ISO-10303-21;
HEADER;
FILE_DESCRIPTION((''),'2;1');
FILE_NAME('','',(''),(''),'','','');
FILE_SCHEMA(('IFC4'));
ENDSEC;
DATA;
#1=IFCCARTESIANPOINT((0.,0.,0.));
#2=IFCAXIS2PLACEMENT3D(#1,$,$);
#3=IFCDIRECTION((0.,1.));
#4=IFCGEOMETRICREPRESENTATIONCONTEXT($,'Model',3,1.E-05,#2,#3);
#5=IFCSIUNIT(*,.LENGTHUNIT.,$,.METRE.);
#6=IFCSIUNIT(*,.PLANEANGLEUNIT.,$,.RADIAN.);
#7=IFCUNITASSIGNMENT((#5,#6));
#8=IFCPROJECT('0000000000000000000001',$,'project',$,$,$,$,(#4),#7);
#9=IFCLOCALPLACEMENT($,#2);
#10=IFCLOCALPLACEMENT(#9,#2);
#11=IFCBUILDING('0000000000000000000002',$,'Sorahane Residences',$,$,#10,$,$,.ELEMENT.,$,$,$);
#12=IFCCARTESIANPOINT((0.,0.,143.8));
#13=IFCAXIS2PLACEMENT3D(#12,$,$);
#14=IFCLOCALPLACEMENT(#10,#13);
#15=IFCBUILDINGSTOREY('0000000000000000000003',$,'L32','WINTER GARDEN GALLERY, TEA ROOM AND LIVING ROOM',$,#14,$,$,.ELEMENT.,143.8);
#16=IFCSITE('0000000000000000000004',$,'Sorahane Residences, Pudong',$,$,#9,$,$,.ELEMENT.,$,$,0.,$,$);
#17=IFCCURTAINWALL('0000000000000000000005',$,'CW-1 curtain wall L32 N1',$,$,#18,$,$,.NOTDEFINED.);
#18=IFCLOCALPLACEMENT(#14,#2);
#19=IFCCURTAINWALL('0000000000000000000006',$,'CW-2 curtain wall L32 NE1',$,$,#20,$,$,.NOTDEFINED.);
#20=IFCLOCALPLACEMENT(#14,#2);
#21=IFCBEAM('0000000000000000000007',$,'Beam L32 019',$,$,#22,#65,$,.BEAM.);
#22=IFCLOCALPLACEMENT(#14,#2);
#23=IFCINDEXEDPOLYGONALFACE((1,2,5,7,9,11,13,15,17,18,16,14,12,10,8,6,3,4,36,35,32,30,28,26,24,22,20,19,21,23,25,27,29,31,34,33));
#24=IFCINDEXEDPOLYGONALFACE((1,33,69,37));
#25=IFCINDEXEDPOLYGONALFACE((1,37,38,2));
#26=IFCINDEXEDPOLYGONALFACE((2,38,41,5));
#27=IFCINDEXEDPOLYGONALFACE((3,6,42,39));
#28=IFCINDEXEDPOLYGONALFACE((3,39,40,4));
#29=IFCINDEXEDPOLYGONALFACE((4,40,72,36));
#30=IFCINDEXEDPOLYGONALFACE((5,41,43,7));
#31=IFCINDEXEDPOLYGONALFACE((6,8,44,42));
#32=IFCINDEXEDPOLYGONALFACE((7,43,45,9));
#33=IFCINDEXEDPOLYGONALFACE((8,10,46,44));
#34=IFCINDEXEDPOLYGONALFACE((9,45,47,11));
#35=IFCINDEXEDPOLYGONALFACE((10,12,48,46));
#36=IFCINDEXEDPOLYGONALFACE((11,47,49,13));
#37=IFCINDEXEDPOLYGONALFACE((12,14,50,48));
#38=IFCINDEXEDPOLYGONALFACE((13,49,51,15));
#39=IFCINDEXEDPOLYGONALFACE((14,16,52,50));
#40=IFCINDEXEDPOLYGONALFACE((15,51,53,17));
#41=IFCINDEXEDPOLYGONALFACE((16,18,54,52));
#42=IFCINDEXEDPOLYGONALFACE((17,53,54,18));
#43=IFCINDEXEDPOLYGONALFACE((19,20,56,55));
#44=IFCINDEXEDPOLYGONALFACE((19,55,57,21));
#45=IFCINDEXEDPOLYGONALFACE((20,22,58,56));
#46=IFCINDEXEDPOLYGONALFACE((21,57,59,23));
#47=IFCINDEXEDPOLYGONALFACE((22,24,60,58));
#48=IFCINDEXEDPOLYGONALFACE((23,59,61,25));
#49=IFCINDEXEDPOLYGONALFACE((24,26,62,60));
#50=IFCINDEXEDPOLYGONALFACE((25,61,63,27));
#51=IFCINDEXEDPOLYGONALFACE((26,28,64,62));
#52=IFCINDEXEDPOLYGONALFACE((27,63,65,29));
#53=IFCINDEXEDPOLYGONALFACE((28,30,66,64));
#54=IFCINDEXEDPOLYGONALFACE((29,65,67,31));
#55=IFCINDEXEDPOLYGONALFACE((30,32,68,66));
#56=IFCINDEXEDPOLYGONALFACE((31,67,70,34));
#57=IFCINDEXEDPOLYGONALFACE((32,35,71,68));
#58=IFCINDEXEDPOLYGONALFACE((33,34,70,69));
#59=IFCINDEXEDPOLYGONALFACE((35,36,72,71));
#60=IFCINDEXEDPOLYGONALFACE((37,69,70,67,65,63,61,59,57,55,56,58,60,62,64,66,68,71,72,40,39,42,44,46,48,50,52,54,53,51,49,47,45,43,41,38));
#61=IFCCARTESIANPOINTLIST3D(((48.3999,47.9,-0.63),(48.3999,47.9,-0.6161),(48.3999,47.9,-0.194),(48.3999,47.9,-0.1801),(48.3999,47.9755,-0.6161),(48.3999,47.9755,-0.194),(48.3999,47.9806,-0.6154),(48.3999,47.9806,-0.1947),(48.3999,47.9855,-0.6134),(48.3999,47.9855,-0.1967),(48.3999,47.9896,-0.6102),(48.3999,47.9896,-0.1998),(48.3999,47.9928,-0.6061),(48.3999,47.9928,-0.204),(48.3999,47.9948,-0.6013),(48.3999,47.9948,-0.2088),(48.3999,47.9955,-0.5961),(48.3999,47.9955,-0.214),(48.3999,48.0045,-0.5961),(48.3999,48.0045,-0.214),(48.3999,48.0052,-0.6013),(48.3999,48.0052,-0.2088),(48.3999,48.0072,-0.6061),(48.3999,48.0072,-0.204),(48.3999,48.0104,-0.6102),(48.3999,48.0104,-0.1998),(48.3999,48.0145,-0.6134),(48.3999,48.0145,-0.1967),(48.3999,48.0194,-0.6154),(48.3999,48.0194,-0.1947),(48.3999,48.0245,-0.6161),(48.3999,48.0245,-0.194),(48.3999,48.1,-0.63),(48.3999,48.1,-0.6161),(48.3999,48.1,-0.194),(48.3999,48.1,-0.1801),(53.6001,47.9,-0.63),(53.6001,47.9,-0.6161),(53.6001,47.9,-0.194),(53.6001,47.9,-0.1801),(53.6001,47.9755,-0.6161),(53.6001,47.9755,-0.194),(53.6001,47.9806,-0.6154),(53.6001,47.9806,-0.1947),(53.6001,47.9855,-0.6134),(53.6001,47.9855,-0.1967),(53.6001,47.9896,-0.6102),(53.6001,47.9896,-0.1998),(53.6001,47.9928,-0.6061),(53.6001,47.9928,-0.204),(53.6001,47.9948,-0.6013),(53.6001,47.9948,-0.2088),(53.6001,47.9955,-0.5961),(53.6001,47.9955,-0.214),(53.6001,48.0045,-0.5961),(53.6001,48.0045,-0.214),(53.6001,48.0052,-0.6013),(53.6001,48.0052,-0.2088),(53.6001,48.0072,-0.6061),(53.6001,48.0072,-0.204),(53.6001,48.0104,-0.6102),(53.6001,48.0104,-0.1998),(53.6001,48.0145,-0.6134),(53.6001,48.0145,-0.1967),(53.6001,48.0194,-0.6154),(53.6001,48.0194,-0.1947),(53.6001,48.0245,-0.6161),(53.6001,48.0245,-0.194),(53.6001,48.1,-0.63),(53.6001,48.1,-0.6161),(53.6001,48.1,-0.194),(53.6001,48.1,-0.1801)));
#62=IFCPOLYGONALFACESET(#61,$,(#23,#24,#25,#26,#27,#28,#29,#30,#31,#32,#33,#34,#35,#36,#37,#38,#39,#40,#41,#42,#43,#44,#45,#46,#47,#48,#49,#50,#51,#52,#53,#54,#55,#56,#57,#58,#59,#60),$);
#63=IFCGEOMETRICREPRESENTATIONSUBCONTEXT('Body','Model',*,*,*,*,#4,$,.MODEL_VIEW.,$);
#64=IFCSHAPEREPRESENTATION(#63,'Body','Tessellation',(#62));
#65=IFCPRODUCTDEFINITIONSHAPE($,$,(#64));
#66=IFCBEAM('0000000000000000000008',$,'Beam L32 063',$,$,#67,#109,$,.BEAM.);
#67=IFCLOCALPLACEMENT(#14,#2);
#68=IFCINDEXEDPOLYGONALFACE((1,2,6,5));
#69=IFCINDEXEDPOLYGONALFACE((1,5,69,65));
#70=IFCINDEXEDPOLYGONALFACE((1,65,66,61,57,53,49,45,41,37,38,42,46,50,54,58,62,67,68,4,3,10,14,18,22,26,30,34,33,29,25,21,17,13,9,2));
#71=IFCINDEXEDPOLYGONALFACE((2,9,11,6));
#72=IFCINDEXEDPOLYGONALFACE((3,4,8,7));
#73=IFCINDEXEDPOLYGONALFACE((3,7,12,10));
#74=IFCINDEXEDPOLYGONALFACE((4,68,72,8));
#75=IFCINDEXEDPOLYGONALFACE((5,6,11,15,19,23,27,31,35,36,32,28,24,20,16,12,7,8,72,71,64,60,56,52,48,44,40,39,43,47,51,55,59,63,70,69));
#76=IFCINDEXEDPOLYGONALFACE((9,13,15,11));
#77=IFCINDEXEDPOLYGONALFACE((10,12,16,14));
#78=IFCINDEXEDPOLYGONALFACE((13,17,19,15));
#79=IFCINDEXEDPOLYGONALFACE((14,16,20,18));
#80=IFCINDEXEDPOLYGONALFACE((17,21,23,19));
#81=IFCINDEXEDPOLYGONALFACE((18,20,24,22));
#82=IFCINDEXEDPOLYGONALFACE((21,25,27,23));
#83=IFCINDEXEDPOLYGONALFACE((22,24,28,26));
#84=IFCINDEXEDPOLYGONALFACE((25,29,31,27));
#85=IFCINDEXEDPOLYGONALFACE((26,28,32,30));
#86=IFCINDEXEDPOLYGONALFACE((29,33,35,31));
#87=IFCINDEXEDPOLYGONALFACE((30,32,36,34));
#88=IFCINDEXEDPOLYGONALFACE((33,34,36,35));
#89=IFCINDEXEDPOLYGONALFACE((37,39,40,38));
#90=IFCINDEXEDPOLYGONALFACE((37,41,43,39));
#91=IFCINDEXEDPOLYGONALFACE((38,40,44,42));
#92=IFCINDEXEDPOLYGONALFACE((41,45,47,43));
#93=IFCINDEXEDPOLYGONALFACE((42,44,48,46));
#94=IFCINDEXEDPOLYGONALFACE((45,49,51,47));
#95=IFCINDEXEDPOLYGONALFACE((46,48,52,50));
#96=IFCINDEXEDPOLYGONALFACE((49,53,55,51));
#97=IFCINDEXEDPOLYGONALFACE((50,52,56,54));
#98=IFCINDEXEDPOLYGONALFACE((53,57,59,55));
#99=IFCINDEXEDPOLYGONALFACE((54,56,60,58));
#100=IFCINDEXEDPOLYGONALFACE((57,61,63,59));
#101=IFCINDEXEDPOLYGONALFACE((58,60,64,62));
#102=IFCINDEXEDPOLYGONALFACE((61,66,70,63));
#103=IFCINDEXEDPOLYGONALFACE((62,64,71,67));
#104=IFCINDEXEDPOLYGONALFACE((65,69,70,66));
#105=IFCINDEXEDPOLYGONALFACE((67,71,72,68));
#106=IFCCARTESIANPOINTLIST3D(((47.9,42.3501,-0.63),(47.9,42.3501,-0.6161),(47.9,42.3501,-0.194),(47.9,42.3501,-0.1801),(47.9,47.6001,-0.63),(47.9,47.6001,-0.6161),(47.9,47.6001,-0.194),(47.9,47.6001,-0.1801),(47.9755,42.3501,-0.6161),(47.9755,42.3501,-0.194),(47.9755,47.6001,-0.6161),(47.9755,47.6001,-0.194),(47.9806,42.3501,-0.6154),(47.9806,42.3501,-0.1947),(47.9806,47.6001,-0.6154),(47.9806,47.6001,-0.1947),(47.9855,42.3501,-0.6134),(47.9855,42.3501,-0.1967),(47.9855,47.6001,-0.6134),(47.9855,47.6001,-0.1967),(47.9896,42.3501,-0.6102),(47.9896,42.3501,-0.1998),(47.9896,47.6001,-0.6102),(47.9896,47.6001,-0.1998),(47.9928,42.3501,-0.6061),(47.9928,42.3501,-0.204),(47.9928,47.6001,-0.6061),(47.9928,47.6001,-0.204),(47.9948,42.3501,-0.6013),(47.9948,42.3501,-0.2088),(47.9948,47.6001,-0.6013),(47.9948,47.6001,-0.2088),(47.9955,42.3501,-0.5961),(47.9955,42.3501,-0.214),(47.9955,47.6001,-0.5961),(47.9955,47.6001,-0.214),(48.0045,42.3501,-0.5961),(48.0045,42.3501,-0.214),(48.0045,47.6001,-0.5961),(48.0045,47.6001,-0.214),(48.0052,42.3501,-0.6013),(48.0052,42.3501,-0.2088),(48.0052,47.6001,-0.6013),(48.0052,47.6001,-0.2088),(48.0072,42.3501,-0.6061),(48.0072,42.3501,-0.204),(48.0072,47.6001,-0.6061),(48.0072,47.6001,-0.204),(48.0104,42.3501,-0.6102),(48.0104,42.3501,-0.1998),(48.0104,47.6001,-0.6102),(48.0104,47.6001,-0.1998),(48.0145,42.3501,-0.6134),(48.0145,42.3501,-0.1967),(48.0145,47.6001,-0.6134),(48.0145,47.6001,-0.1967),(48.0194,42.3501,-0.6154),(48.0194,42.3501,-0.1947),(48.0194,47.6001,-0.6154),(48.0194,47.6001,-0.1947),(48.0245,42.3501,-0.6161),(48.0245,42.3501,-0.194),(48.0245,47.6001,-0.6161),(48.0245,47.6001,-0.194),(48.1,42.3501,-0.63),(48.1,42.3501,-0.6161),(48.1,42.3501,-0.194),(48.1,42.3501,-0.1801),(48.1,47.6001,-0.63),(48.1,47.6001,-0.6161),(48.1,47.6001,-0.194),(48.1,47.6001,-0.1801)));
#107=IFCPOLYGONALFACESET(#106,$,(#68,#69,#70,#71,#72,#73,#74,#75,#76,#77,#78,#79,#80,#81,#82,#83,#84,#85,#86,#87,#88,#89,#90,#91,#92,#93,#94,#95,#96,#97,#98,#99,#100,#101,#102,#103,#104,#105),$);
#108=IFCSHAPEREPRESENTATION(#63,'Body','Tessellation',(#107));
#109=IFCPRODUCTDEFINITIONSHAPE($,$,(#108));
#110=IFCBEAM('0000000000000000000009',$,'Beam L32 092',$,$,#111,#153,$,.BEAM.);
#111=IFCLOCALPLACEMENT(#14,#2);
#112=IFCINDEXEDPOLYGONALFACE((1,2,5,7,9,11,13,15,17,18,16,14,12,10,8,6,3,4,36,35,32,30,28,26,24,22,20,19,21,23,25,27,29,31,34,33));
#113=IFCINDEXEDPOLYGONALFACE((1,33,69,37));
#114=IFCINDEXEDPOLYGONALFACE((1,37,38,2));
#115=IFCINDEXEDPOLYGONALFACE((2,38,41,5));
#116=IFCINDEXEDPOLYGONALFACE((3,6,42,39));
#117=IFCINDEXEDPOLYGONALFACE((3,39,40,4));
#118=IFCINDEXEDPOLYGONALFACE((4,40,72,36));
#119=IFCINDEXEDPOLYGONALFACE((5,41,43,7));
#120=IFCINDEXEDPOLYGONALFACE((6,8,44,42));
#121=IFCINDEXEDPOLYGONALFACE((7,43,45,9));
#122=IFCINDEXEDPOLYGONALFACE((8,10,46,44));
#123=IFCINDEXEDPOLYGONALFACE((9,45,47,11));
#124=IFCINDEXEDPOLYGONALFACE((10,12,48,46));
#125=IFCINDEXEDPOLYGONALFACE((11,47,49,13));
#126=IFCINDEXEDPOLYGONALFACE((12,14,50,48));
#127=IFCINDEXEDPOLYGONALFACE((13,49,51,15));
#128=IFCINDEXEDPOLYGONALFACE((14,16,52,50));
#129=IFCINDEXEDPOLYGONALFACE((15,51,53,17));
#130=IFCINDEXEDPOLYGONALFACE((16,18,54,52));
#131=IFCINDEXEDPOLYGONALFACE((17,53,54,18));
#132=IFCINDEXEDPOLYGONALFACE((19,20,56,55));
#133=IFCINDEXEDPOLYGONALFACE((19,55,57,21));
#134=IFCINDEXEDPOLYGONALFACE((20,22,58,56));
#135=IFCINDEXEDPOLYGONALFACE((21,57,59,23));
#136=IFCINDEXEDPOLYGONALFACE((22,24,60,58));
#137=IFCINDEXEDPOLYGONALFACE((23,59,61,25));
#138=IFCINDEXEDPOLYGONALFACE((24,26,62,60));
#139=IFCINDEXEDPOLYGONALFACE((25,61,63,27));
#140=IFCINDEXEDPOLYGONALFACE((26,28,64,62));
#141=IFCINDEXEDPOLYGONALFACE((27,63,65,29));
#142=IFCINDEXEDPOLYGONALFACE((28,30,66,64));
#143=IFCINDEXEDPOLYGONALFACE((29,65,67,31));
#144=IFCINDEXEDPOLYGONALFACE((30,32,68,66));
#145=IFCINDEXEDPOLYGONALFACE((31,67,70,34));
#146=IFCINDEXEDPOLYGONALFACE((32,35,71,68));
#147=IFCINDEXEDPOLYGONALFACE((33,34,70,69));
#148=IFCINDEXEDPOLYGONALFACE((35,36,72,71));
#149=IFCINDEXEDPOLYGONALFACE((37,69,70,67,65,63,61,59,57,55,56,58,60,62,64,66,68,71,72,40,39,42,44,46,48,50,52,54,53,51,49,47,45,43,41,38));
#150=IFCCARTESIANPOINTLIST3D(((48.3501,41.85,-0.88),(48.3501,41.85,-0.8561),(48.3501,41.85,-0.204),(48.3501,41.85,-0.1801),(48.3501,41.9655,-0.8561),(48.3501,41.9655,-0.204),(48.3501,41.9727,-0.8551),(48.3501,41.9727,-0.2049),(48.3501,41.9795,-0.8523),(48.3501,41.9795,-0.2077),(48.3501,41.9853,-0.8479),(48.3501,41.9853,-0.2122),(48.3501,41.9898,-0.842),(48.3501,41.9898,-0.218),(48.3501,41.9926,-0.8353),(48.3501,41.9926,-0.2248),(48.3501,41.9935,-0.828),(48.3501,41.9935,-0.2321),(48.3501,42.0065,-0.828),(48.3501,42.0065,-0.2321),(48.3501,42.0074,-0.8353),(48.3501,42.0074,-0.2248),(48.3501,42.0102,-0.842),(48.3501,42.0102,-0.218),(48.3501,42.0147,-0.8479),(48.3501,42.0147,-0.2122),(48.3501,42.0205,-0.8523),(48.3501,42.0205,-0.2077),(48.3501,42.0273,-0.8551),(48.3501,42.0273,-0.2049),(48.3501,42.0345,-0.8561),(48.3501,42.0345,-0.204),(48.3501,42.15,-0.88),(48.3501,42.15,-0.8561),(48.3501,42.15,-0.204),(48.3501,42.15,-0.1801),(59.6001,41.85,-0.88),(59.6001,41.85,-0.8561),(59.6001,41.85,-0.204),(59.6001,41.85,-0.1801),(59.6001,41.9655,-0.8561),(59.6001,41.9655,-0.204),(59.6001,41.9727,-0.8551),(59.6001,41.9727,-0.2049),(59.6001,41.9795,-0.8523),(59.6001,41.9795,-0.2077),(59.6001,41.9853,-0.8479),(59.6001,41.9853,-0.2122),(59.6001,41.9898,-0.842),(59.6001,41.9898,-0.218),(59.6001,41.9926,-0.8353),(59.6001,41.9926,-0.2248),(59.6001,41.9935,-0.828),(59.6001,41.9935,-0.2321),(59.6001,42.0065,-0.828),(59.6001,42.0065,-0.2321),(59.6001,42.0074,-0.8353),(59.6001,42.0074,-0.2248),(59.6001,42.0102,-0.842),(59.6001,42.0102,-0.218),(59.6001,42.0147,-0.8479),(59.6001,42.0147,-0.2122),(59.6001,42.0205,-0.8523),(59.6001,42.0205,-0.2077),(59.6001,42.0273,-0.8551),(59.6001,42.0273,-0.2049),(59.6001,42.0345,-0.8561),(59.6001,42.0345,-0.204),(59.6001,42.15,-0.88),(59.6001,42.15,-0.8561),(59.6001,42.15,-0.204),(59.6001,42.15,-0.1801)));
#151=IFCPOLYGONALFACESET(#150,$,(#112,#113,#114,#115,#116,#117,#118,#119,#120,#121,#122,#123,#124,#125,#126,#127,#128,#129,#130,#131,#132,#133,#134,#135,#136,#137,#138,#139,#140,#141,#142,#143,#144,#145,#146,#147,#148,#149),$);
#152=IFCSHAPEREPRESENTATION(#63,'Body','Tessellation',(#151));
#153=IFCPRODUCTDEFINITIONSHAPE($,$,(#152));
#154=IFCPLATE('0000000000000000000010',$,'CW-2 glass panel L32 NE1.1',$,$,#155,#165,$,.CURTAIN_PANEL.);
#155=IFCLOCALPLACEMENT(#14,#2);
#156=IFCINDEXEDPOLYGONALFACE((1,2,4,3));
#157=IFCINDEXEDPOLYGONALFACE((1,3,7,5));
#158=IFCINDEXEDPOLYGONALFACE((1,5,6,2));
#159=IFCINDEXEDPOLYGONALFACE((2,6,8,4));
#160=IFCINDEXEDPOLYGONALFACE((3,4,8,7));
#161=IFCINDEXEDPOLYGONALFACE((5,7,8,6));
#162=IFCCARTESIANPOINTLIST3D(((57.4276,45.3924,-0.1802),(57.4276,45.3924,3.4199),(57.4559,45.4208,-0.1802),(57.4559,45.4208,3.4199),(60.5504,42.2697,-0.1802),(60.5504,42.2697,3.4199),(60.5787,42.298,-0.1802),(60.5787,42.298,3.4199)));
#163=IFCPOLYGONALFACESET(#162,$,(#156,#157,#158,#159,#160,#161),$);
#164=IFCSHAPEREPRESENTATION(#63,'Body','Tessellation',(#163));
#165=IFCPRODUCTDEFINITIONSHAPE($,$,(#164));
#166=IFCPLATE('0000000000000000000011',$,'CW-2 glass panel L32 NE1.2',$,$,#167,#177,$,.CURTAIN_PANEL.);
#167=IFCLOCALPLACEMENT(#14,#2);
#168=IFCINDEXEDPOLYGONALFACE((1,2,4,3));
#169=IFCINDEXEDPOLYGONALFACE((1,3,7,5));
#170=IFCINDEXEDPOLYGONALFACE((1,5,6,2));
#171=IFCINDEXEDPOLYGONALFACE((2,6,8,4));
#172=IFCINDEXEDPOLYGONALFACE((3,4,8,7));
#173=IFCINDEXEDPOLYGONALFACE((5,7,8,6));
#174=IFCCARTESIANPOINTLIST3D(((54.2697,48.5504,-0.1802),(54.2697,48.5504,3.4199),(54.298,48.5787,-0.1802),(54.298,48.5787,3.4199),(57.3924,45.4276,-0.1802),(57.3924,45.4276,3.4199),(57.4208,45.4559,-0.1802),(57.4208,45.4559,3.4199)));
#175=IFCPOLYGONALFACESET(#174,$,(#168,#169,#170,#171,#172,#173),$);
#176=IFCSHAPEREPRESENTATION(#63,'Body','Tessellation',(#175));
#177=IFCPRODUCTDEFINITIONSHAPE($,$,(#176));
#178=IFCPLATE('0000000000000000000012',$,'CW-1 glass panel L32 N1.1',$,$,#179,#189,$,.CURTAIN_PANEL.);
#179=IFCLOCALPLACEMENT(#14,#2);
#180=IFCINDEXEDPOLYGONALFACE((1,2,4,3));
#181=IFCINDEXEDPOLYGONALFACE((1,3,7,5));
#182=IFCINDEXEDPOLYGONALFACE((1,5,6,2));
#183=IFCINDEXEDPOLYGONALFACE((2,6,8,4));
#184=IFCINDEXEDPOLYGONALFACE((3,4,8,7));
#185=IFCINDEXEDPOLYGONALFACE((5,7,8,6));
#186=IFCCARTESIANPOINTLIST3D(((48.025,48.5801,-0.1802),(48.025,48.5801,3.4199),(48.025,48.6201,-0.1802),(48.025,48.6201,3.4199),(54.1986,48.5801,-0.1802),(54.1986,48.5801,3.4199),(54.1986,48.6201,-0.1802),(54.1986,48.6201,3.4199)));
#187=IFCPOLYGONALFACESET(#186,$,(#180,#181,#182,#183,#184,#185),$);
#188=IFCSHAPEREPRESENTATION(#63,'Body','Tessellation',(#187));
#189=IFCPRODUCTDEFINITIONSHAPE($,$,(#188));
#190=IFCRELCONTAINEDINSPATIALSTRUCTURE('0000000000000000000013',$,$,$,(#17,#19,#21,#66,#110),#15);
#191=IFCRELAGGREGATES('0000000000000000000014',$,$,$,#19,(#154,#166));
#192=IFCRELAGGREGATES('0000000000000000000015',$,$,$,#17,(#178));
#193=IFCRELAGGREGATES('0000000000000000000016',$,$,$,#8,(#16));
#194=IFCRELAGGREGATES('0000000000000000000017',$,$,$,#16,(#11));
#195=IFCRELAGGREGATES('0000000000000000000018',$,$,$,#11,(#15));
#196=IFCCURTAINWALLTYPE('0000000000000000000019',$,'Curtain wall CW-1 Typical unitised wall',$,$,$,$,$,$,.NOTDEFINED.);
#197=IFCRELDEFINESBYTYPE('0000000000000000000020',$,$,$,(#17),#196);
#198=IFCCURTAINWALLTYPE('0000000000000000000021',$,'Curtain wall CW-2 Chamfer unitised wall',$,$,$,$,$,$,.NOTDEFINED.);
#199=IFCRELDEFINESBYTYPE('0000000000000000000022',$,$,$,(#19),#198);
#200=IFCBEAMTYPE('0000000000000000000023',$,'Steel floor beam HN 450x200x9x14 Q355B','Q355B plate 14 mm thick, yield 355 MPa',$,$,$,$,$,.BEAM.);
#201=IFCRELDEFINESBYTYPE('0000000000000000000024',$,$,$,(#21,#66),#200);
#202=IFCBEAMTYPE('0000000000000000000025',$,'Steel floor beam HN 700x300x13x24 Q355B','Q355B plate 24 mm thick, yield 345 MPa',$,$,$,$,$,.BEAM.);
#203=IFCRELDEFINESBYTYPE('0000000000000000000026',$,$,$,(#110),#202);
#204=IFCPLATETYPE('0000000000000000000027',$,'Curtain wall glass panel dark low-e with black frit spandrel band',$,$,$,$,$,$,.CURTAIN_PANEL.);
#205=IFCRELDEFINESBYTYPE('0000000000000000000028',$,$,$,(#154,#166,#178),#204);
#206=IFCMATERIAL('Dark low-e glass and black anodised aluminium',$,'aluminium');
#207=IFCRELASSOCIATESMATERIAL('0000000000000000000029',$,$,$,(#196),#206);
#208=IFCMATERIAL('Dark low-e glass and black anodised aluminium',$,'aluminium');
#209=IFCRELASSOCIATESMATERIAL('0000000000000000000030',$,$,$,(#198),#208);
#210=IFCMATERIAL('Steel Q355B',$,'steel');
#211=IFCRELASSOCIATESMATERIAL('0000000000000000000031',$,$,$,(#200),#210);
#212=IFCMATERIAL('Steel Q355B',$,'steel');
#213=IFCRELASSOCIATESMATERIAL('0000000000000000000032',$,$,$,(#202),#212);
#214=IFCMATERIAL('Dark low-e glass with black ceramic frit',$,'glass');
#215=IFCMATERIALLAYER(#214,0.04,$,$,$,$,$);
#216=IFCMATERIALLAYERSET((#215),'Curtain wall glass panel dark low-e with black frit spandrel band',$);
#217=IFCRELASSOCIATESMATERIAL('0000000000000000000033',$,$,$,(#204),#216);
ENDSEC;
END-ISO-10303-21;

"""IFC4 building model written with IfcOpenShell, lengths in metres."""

from ifc_helpers import new_model, si_unit, direction, frame, origin, origin_2d, place, context, subcontext, project, spatial, rectangle, i_section, extrude, material, layer, layer_set, material_profile, profile_set, type_object, element, aggregate, save


model = new_model("IFC4")

# Units and contexts
model_context = context("Model", 3, precision=1e-05, world=origin(), true_north=direction((0.0, 1.0)))
body_context = subcontext(model_context, "Body", "Model", "MODEL_VIEW")
ifc_project = project(units=[si_unit("LENGTHUNIT", "METRE"), si_unit("PLANEANGLEUNIT", "RADIAN")], contexts=[model_context])

# Site, building, storey
site_placement = place(None, origin())
site = spatial("IfcSite", under=ifc_project, at=site_placement, Name="Sorahane Residences, Pudong", CompositionType="ELEMENT", RefElevation=0.0)
building_placement = place(site_placement, origin())
building = spatial("IfcBuilding", under=site, at=building_placement, Name="Sorahane Residences", CompositionType="ELEMENT")
storey_placement = place(building_placement, frame((0.0, 0.0, 143.8)))
storey = spatial("IfcBuildingStorey", under=building, at=storey_placement, Name="L32", Description="WINTER GARDEN GALLERY, TEA ROOM AND LIVING ROOM", CompositionType="ELEMENT", Elevation=143.8)

# Curtain wall
ifc_material_1 = material(Name="Dark low-e glass and black anodised aluminium", Category="aluminium")
curtain_wall_type_1 = type_object("IfcCurtainWallType", Name="Curtain wall CW-1 Typical unitised wall", PredefinedType="NOTDEFINED", material=ifc_material_1)
curtain_wall_1_placement = place(storey_placement, origin())
curtain_wall_1 = element("IfcCurtainWall", 1, at=curtain_wall_1_placement, inside=storey, type_object=curtain_wall_type_1, Name="CW-1 curtain wall L32 N1", PredefinedType="NOTDEFINED")

# Curtain wall
ifc_material_2 = material(Name="Dark low-e glass and black anodised aluminium", Category="aluminium")
curtain_wall_type_2 = type_object("IfcCurtainWallType", Name="Curtain wall CW-2 Chamfer unitised wall", PredefinedType="NOTDEFINED", material=ifc_material_2)
curtain_wall_2_placement = place(storey_placement, origin())
curtain_wall_2 = element("IfcCurtainWall", 2, at=curtain_wall_2_placement, inside=storey, type_object=curtain_wall_type_2, Name="CW-2 curtain wall L32 NE1", PredefinedType="NOTDEFINED")

# Beams
ifc_material_3 = material(Name="Steel Q355B", Category="steel")
ifc_material_profile_1 = material_profile(ifc_material_3, i_section(OverallWidth=0.2, OverallDepth=0.45, WebThickness=0.009, FlangeThickness=0.0139, FilletRadius=0.02, at=origin_2d()), Name="HN 450x200x9x14")
ifc_profile_set_1 = profile_set([ifc_material_profile_1], Name="Steel Q355B")
beam_type_1 = type_object("IfcBeamType", Name="Steel floor beam HN 450x200x9x14 Q355B", Description="Q355B plate 14 mm thick, yield 355 MPa", PredefinedType="BEAM", material=ifc_profile_set_1)
beam_1_placement = place(storey_placement, frame((48.3999, 48.0, -0.405), z_axis=(1.0, 0.0, 0.0), x_axis=(0.0, 1.0, 0.0)))
element("IfcBeam", 3, at=beam_1_placement, inside=storey, type_object=beam_type_1, Name="Beam L32 019", PredefinedType="BEAM", context=body_context, shape_type="SweptSolid", body=[
    extrude(i_section(OverallWidth=0.2, OverallDepth=0.45, WebThickness=0.009, FlangeThickness=0.0139, FilletRadius=0.02, at=origin_2d()), origin(), (0.0, 0.0, 1.0), 5.2002),
])
beam_2_placement = place(storey_placement, frame((48.0, 42.3501, -0.405), z_axis=(0.0, 1.0, 0.0), x_axis=(-1.0, 0.0, 0.0)))
element("IfcBeam", 4, at=beam_2_placement, inside=storey, type_object=beam_type_1, Name="Beam L32 063", PredefinedType="BEAM", context=body_context, shape_type="SweptSolid", body=[
    extrude(i_section(OverallWidth=0.2, OverallDepth=0.45, WebThickness=0.009, FlangeThickness=0.0139, FilletRadius=0.02, at=origin_2d()), origin(), (0.0, 0.0, 1.0), 5.25),
])
ifc_material_4 = material(Name="Steel Q355B", Category="steel")
ifc_material_profile_2 = material_profile(ifc_material_4, i_section(OverallWidth=0.3, OverallDepth=0.7, WebThickness=0.0129, FlangeThickness=0.0239, FilletRadius=0.0281, at=origin_2d()), Name="HN 700x300x13x24")
ifc_profile_set_2 = profile_set([ifc_material_profile_2], Name="Steel Q355B")
beam_type_2 = type_object("IfcBeamType", Name="Steel floor beam HN 700x300x13x24 Q355B", Description="Q355B plate 24 mm thick, yield 345 MPa", PredefinedType="BEAM", material=ifc_profile_set_2)
beam_3_placement = place(storey_placement, frame((48.3501, 42.0, -0.53), z_axis=(1.0, 0.0, 0.0), x_axis=(0.0, 1.0, 0.0)))
element("IfcBeam", 5, at=beam_3_placement, inside=storey, type_object=beam_type_2, Name="Beam L32 092", PredefinedType="BEAM", context=body_context, shape_type="SweptSolid", body=[
    extrude(i_section(OverallWidth=0.3, OverallDepth=0.7, WebThickness=0.0129, FlangeThickness=0.0239, FilletRadius=0.0281, at=origin_2d()), origin(), (0.0, 0.0, 1.0), 11.25),
])

# Plates
ifc_material_5 = material(Name="Dark low-e glass with black ceramic frit", Category="glass")
ifc_layer_1 = layer(ifc_material_5, 0.04)
ifc_layer_set_1 = layer_set([ifc_layer_1], Name="Curtain wall glass panel dark low-e with black frit spandrel band")
plate_type = type_object("IfcPlateType", Name="Curtain wall glass panel dark low-e with black frit spandrel band", PredefinedType="CURTAIN_PANEL", material=ifc_layer_set_1)
plate_1_placement = place(storey_placement, frame((59.0032, 43.8452, -0.1802), z_axis=(0.0, 0.0, 1.0), x_axis=(-0.707107, 0.707107, 0.0)))
plate_1 = element("IfcPlate", 6, at=plate_1_placement, type_object=plate_type, Name="CW-2 glass panel L32 NE1.1", PredefinedType="CURTAIN_PANEL", context=body_context, shape_type="SweptSolid", body=[
    extrude(rectangle(XDim=4.4163, YDim=0.04, at=origin_2d()), origin(), (0.0, 0.0, 1.0), 3.6001),
])
plate_2_placement = place(storey_placement, frame((55.8452, 47.0032, -0.1802), z_axis=(0.0, 0.0, 1.0), x_axis=(-0.707107, 0.707107, 0.0)))
plate_2 = element("IfcPlate", 7, at=plate_2_placement, type_object=plate_type, Name="CW-2 glass panel L32 NE1.2", PredefinedType="CURTAIN_PANEL", context=body_context, shape_type="SweptSolid", body=[
    extrude(rectangle(XDim=4.4163, YDim=0.04, at=origin_2d()), origin(), (0.0, 0.0, 1.0), 3.6001),
])
aggregate(curtain_wall_2, [plate_1, plate_2])
plate_3_placement = place(storey_placement, frame((51.1118, 48.6001, -0.1802), z_axis=(0.0, 0.0, 1.0), x_axis=(-1.0, 0.0, 0.0)))
plate_3 = element("IfcPlate", 8, at=plate_3_placement, type_object=plate_type, Name="CW-1 glass panel L32 N1.1", PredefinedType="CURTAIN_PANEL", context=body_context, shape_type="SweptSolid", body=[
    extrude(rectangle(XDim=6.1736, YDim=0.04, at=origin_2d()), origin(), (0.0, 0.0, 1.0), 3.6001),
])
aggregate(curtain_wall_1, [plate_3])

save(model, "model.ifc")
